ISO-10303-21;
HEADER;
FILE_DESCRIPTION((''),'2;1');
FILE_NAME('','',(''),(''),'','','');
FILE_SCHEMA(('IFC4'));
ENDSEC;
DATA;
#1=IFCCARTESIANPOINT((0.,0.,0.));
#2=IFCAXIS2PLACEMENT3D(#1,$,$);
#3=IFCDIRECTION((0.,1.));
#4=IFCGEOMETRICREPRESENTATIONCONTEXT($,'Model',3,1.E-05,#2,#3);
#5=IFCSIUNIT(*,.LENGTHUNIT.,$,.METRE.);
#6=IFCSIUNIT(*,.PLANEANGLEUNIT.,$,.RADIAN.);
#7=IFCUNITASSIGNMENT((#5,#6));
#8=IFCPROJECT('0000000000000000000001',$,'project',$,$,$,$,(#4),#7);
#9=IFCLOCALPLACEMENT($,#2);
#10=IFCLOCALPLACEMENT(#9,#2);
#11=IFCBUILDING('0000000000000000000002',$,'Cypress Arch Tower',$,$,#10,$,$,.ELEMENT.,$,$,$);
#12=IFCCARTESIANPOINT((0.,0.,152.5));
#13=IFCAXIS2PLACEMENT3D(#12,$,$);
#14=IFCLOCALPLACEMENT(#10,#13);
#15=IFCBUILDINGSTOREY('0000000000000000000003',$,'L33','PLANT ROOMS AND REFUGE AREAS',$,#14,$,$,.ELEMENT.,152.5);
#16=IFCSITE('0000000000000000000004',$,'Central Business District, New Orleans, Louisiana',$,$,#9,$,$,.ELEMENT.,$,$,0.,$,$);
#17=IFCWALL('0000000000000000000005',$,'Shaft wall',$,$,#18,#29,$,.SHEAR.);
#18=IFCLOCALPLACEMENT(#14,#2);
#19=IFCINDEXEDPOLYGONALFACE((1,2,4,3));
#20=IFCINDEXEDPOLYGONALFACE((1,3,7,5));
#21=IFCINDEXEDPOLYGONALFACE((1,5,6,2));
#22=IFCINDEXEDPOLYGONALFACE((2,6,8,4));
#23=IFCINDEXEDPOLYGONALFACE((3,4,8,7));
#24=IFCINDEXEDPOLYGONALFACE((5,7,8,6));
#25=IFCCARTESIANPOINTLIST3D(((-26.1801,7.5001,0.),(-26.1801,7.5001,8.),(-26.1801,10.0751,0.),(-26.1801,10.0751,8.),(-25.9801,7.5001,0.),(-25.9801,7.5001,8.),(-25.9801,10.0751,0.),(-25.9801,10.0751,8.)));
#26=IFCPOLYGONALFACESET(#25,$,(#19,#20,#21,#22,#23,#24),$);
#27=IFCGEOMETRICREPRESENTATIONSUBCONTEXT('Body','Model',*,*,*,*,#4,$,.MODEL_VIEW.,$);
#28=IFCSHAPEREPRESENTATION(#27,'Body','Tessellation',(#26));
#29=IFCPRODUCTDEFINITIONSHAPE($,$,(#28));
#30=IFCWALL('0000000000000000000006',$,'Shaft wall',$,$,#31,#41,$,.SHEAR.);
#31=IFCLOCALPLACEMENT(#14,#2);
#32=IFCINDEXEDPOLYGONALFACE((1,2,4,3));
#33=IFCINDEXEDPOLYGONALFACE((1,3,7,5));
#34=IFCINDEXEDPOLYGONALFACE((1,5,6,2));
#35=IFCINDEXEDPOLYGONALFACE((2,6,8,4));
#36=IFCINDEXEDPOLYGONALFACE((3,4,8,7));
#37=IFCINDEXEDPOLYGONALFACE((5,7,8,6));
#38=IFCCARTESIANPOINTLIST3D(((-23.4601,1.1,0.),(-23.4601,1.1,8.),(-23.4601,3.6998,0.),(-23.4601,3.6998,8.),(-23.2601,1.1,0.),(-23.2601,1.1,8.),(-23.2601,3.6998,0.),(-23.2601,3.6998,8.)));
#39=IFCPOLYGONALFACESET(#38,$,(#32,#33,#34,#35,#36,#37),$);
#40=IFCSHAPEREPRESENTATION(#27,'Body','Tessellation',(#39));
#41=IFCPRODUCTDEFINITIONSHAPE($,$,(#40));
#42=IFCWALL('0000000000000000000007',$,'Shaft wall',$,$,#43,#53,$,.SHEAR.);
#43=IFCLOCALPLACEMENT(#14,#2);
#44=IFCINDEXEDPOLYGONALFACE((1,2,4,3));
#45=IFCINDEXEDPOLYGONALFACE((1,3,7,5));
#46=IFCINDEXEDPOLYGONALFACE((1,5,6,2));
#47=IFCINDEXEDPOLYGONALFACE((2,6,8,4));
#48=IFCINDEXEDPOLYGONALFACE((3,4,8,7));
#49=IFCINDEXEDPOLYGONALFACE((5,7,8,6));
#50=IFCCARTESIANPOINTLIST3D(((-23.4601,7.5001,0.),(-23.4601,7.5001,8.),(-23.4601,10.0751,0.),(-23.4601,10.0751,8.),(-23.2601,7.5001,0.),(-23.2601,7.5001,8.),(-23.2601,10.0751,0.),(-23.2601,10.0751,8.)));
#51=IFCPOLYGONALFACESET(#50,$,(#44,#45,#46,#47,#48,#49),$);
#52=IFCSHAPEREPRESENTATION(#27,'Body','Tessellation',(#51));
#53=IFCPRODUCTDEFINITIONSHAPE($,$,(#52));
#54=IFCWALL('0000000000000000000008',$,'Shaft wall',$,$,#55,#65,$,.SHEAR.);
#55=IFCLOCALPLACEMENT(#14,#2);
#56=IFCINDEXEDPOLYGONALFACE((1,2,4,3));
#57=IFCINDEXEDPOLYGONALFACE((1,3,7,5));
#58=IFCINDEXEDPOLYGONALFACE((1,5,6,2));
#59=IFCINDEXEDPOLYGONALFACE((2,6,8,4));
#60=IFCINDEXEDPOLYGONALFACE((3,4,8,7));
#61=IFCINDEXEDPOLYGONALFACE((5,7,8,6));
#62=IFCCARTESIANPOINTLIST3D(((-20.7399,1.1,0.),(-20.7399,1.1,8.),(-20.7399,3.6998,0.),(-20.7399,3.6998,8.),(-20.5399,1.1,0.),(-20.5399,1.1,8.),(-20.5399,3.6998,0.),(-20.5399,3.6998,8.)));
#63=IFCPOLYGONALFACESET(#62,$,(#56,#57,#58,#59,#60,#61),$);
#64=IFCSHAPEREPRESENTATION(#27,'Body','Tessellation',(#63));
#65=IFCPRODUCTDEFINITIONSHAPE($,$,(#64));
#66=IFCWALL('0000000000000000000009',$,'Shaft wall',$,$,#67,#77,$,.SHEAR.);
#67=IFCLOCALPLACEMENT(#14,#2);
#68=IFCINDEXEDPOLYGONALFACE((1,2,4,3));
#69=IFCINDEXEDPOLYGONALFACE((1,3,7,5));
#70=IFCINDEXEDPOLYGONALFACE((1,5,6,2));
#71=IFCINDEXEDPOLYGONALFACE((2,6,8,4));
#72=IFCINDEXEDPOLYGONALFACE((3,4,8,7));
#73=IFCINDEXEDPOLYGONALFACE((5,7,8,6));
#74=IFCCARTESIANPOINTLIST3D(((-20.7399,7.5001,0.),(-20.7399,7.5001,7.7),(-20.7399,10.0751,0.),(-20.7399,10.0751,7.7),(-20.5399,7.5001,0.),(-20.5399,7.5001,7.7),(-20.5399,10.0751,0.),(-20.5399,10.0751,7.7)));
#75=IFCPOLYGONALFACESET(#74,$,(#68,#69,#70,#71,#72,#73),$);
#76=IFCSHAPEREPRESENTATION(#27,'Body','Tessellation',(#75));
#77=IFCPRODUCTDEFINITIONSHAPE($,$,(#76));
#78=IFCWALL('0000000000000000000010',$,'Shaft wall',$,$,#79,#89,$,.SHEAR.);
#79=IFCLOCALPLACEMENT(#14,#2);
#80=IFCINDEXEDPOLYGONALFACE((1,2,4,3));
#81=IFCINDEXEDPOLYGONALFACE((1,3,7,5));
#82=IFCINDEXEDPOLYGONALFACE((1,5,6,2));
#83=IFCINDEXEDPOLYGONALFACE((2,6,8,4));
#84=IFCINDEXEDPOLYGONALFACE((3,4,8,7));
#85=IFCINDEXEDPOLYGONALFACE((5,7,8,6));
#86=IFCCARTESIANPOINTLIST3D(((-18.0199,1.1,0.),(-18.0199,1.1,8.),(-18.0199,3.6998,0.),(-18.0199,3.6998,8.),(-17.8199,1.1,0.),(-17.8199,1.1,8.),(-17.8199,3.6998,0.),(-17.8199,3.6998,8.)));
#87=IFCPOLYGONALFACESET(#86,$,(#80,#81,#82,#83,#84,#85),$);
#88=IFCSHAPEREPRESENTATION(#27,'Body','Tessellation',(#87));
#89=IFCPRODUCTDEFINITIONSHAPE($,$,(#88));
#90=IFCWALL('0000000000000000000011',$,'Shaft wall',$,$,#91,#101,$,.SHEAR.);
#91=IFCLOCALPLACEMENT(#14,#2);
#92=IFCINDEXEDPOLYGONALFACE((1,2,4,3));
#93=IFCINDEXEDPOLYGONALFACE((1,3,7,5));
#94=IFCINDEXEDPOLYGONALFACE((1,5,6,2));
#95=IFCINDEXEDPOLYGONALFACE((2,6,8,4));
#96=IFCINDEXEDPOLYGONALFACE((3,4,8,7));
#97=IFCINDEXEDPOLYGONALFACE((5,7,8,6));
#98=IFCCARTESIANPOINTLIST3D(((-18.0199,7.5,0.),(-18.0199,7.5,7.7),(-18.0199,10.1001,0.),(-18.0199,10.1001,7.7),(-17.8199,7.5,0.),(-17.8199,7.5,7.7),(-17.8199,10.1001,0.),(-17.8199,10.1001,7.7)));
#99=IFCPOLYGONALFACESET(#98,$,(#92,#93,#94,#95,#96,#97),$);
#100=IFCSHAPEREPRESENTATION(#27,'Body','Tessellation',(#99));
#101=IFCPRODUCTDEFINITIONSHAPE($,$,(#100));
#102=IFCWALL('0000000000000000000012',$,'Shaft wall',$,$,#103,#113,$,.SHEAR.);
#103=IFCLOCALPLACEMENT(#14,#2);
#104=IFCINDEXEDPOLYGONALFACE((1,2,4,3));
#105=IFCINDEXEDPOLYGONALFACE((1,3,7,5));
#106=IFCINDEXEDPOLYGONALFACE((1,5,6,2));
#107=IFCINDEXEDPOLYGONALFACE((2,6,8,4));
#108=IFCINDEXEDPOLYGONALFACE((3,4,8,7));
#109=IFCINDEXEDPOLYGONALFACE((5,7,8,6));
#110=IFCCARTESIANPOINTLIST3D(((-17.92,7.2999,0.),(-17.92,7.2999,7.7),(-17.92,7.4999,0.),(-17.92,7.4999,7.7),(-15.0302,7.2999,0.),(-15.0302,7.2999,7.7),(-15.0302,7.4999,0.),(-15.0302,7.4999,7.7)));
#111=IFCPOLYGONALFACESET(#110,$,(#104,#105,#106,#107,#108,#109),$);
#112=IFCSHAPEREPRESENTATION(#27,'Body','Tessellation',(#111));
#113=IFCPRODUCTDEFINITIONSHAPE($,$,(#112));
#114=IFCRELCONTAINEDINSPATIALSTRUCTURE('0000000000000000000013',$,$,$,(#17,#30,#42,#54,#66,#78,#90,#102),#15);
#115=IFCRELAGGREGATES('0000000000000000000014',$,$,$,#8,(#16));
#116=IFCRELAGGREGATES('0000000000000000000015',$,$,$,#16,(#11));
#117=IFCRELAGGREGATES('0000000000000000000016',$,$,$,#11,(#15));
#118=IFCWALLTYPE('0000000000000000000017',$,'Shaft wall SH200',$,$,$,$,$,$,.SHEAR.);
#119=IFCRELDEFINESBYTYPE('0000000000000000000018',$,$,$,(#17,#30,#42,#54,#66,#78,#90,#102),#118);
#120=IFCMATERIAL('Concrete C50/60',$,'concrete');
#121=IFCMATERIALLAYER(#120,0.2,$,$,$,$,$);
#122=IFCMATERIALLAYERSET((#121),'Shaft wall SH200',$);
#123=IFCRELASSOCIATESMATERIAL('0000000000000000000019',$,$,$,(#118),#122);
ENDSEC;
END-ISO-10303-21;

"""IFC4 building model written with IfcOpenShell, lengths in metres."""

from ifc_helpers import new_model, si_unit, direction, frame, frame_2d, origin, place, context, subcontext, project, spatial, rectangle, extrude, material, layer, layer_set, type_object, element, save


model = new_model("IFC4")

# Units and contexts
model_context = context("Model", 3, precision=1e-05, world=origin(), true_north=direction((0.0, 1.0)))
body_context = subcontext(model_context, "Body", "Model", "MODEL_VIEW")
ifc_project = project(units=[si_unit("LENGTHUNIT", "METRE"), si_unit("PLANEANGLEUNIT", "RADIAN")], contexts=[model_context])

# Site, building, storey
site_placement = place(None, origin())
site = spatial("IfcSite", under=ifc_project, at=site_placement, Name="Central Business District, New Orleans, Louisiana", CompositionType="ELEMENT", RefElevation=0.0)
building_placement = place(site_placement, origin())
building = spatial("IfcBuilding", under=site, at=building_placement, Name="Cypress Arch Tower", CompositionType="ELEMENT")
storey_placement = place(building_placement, frame((0.0, 0.0, 152.5)))
storey = spatial("IfcBuildingStorey", under=building, at=storey_placement, Name="L33", Description="PLANT ROOMS AND REFUGE AREAS", CompositionType="ELEMENT", Elevation=152.5)

# Walls
ifc_material_1 = material(Name="Concrete C50/60", Category="concrete")
ifc_layer_1 = layer(ifc_material_1, 0.2)
ifc_layer_set_1 = layer_set([ifc_layer_1], Name="Shaft wall SH200")
wall_type_1 = type_object("IfcWallType", Name="Shaft wall SH200", PredefinedType="SHEAR", material=ifc_layer_set_1)
wall_1_placement = place(storey_placement, frame((-26.0801, 7.5, 0.0), z_axis=(0.0, 0.0, 1.0), x_axis=(0.0, 1.0, 0.0)))
element("IfcWall", 1, at=wall_1_placement, inside=storey, type_object=wall_type_1, Name="Shaft wall", PredefinedType="SHEAR", context=body_context, shape_type="SweptSolid", body=[
    extrude(rectangle(XDim=2.575, YDim=0.2, at=frame_2d((1.2876, 0.0))), origin(), (0.0, 0.0, 1.0), 8.0),
])
wall_2_placement = place(storey_placement, frame((-23.3601, 1.1001, 0.0), z_axis=(0.0, 0.0, 1.0), x_axis=(0.0, 1.0, 0.0)))
element("IfcWall", 2, at=wall_2_placement, inside=storey, type_object=wall_type_1, Name="Shaft wall", PredefinedType="SHEAR", context=body_context, shape_type="SweptSolid", body=[
    extrude(rectangle(XDim=2.5999, YDim=0.2, at=frame_2d((1.2998, 0.0))), origin(), (0.0, 0.0, 1.0), 8.0),
])
wall_3_placement = place(storey_placement, frame((-23.3601, 7.5, 0.0), z_axis=(0.0, 0.0, 1.0), x_axis=(0.0, 1.0, 0.0)))
element("IfcWall", 3, at=wall_3_placement, inside=storey, type_object=wall_type_1, Name="Shaft wall", PredefinedType="SHEAR", context=body_context, shape_type="SweptSolid", body=[
    extrude(rectangle(XDim=2.575, YDim=0.2, at=frame_2d((1.2876, 0.0))), origin(), (0.0, 0.0, 1.0), 8.0),
])
wall_4_placement = place(storey_placement, frame((-20.6399, 1.1001, 0.0), z_axis=(0.0, 0.0, 1.0), x_axis=(0.0, 1.0, 0.0)))
element("IfcWall", 4, at=wall_4_placement, inside=storey, type_object=wall_type_1, Name="Shaft wall", PredefinedType="SHEAR", context=body_context, shape_type="SweptSolid", body=[
    extrude(rectangle(XDim=2.5999, YDim=0.2, at=frame_2d((1.2998, 0.0))), origin(), (0.0, 0.0, 1.0), 8.0),
])
wall_5_placement = place(storey_placement, frame((-20.6399, 7.5, 0.0), z_axis=(0.0, 0.0, 1.0), x_axis=(0.0, 1.0, 0.0)))
element("IfcWall", 5, at=wall_5_placement, inside=storey, type_object=wall_type_1, Name="Shaft wall", PredefinedType="SHEAR", context=body_context, shape_type="SweptSolid", body=[
    extrude(rectangle(XDim=2.575, YDim=0.2, at=frame_2d((1.2876, 0.0))), origin(), (0.0, 0.0, 1.0), 7.7),
])
wall_6_placement = place(storey_placement, frame((-17.9199, 1.1001, 0.0), z_axis=(0.0, 0.0, 1.0), x_axis=(0.0, 1.0, 0.0)))
element("IfcWall", 6, at=wall_6_placement, inside=storey, type_object=wall_type_1, Name="Shaft wall", PredefinedType="SHEAR", context=body_context, shape_type="SweptSolid", body=[
    extrude(rectangle(XDim=2.5999, YDim=0.2, at=frame_2d((1.2998, 0.0))), origin(), (0.0, 0.0, 1.0), 8.0),
])
wall_7_placement = place(storey_placement, frame((-17.9199, 7.5, 0.0), z_axis=(0.0, 0.0, 1.0), x_axis=(0.0, 1.0, 0.0)))
element("IfcWall", 7, at=wall_7_placement, inside=storey, type_object=wall_type_1, Name="Shaft wall", PredefinedType="SHEAR", context=body_context, shape_type="SweptSolid", body=[
    extrude(rectangle(XDim=2.6001, YDim=0.2, at=frame_2d((1.3, 0.0))), origin(), (0.0, 0.0, 1.0), 7.7),
])
wall_8_placement = place(storey_placement, frame((-17.9199, 7.3999, 0.0), z_axis=(0.0, 0.0, 1.0), x_axis=(1.0, 0.0, 0.0)))
element("IfcWall", 8, at=wall_8_placement, inside=storey, type_object=wall_type_1, Name="Shaft wall", PredefinedType="SHEAR", context=body_context, shape_type="SweptSolid", body=[
    extrude(rectangle(XDim=2.8899, YDim=0.2, at=frame_2d((1.4448, 0.0))), origin(), (0.0, 0.0, 1.0), 7.7),
])

save(model, "model.ifc")
